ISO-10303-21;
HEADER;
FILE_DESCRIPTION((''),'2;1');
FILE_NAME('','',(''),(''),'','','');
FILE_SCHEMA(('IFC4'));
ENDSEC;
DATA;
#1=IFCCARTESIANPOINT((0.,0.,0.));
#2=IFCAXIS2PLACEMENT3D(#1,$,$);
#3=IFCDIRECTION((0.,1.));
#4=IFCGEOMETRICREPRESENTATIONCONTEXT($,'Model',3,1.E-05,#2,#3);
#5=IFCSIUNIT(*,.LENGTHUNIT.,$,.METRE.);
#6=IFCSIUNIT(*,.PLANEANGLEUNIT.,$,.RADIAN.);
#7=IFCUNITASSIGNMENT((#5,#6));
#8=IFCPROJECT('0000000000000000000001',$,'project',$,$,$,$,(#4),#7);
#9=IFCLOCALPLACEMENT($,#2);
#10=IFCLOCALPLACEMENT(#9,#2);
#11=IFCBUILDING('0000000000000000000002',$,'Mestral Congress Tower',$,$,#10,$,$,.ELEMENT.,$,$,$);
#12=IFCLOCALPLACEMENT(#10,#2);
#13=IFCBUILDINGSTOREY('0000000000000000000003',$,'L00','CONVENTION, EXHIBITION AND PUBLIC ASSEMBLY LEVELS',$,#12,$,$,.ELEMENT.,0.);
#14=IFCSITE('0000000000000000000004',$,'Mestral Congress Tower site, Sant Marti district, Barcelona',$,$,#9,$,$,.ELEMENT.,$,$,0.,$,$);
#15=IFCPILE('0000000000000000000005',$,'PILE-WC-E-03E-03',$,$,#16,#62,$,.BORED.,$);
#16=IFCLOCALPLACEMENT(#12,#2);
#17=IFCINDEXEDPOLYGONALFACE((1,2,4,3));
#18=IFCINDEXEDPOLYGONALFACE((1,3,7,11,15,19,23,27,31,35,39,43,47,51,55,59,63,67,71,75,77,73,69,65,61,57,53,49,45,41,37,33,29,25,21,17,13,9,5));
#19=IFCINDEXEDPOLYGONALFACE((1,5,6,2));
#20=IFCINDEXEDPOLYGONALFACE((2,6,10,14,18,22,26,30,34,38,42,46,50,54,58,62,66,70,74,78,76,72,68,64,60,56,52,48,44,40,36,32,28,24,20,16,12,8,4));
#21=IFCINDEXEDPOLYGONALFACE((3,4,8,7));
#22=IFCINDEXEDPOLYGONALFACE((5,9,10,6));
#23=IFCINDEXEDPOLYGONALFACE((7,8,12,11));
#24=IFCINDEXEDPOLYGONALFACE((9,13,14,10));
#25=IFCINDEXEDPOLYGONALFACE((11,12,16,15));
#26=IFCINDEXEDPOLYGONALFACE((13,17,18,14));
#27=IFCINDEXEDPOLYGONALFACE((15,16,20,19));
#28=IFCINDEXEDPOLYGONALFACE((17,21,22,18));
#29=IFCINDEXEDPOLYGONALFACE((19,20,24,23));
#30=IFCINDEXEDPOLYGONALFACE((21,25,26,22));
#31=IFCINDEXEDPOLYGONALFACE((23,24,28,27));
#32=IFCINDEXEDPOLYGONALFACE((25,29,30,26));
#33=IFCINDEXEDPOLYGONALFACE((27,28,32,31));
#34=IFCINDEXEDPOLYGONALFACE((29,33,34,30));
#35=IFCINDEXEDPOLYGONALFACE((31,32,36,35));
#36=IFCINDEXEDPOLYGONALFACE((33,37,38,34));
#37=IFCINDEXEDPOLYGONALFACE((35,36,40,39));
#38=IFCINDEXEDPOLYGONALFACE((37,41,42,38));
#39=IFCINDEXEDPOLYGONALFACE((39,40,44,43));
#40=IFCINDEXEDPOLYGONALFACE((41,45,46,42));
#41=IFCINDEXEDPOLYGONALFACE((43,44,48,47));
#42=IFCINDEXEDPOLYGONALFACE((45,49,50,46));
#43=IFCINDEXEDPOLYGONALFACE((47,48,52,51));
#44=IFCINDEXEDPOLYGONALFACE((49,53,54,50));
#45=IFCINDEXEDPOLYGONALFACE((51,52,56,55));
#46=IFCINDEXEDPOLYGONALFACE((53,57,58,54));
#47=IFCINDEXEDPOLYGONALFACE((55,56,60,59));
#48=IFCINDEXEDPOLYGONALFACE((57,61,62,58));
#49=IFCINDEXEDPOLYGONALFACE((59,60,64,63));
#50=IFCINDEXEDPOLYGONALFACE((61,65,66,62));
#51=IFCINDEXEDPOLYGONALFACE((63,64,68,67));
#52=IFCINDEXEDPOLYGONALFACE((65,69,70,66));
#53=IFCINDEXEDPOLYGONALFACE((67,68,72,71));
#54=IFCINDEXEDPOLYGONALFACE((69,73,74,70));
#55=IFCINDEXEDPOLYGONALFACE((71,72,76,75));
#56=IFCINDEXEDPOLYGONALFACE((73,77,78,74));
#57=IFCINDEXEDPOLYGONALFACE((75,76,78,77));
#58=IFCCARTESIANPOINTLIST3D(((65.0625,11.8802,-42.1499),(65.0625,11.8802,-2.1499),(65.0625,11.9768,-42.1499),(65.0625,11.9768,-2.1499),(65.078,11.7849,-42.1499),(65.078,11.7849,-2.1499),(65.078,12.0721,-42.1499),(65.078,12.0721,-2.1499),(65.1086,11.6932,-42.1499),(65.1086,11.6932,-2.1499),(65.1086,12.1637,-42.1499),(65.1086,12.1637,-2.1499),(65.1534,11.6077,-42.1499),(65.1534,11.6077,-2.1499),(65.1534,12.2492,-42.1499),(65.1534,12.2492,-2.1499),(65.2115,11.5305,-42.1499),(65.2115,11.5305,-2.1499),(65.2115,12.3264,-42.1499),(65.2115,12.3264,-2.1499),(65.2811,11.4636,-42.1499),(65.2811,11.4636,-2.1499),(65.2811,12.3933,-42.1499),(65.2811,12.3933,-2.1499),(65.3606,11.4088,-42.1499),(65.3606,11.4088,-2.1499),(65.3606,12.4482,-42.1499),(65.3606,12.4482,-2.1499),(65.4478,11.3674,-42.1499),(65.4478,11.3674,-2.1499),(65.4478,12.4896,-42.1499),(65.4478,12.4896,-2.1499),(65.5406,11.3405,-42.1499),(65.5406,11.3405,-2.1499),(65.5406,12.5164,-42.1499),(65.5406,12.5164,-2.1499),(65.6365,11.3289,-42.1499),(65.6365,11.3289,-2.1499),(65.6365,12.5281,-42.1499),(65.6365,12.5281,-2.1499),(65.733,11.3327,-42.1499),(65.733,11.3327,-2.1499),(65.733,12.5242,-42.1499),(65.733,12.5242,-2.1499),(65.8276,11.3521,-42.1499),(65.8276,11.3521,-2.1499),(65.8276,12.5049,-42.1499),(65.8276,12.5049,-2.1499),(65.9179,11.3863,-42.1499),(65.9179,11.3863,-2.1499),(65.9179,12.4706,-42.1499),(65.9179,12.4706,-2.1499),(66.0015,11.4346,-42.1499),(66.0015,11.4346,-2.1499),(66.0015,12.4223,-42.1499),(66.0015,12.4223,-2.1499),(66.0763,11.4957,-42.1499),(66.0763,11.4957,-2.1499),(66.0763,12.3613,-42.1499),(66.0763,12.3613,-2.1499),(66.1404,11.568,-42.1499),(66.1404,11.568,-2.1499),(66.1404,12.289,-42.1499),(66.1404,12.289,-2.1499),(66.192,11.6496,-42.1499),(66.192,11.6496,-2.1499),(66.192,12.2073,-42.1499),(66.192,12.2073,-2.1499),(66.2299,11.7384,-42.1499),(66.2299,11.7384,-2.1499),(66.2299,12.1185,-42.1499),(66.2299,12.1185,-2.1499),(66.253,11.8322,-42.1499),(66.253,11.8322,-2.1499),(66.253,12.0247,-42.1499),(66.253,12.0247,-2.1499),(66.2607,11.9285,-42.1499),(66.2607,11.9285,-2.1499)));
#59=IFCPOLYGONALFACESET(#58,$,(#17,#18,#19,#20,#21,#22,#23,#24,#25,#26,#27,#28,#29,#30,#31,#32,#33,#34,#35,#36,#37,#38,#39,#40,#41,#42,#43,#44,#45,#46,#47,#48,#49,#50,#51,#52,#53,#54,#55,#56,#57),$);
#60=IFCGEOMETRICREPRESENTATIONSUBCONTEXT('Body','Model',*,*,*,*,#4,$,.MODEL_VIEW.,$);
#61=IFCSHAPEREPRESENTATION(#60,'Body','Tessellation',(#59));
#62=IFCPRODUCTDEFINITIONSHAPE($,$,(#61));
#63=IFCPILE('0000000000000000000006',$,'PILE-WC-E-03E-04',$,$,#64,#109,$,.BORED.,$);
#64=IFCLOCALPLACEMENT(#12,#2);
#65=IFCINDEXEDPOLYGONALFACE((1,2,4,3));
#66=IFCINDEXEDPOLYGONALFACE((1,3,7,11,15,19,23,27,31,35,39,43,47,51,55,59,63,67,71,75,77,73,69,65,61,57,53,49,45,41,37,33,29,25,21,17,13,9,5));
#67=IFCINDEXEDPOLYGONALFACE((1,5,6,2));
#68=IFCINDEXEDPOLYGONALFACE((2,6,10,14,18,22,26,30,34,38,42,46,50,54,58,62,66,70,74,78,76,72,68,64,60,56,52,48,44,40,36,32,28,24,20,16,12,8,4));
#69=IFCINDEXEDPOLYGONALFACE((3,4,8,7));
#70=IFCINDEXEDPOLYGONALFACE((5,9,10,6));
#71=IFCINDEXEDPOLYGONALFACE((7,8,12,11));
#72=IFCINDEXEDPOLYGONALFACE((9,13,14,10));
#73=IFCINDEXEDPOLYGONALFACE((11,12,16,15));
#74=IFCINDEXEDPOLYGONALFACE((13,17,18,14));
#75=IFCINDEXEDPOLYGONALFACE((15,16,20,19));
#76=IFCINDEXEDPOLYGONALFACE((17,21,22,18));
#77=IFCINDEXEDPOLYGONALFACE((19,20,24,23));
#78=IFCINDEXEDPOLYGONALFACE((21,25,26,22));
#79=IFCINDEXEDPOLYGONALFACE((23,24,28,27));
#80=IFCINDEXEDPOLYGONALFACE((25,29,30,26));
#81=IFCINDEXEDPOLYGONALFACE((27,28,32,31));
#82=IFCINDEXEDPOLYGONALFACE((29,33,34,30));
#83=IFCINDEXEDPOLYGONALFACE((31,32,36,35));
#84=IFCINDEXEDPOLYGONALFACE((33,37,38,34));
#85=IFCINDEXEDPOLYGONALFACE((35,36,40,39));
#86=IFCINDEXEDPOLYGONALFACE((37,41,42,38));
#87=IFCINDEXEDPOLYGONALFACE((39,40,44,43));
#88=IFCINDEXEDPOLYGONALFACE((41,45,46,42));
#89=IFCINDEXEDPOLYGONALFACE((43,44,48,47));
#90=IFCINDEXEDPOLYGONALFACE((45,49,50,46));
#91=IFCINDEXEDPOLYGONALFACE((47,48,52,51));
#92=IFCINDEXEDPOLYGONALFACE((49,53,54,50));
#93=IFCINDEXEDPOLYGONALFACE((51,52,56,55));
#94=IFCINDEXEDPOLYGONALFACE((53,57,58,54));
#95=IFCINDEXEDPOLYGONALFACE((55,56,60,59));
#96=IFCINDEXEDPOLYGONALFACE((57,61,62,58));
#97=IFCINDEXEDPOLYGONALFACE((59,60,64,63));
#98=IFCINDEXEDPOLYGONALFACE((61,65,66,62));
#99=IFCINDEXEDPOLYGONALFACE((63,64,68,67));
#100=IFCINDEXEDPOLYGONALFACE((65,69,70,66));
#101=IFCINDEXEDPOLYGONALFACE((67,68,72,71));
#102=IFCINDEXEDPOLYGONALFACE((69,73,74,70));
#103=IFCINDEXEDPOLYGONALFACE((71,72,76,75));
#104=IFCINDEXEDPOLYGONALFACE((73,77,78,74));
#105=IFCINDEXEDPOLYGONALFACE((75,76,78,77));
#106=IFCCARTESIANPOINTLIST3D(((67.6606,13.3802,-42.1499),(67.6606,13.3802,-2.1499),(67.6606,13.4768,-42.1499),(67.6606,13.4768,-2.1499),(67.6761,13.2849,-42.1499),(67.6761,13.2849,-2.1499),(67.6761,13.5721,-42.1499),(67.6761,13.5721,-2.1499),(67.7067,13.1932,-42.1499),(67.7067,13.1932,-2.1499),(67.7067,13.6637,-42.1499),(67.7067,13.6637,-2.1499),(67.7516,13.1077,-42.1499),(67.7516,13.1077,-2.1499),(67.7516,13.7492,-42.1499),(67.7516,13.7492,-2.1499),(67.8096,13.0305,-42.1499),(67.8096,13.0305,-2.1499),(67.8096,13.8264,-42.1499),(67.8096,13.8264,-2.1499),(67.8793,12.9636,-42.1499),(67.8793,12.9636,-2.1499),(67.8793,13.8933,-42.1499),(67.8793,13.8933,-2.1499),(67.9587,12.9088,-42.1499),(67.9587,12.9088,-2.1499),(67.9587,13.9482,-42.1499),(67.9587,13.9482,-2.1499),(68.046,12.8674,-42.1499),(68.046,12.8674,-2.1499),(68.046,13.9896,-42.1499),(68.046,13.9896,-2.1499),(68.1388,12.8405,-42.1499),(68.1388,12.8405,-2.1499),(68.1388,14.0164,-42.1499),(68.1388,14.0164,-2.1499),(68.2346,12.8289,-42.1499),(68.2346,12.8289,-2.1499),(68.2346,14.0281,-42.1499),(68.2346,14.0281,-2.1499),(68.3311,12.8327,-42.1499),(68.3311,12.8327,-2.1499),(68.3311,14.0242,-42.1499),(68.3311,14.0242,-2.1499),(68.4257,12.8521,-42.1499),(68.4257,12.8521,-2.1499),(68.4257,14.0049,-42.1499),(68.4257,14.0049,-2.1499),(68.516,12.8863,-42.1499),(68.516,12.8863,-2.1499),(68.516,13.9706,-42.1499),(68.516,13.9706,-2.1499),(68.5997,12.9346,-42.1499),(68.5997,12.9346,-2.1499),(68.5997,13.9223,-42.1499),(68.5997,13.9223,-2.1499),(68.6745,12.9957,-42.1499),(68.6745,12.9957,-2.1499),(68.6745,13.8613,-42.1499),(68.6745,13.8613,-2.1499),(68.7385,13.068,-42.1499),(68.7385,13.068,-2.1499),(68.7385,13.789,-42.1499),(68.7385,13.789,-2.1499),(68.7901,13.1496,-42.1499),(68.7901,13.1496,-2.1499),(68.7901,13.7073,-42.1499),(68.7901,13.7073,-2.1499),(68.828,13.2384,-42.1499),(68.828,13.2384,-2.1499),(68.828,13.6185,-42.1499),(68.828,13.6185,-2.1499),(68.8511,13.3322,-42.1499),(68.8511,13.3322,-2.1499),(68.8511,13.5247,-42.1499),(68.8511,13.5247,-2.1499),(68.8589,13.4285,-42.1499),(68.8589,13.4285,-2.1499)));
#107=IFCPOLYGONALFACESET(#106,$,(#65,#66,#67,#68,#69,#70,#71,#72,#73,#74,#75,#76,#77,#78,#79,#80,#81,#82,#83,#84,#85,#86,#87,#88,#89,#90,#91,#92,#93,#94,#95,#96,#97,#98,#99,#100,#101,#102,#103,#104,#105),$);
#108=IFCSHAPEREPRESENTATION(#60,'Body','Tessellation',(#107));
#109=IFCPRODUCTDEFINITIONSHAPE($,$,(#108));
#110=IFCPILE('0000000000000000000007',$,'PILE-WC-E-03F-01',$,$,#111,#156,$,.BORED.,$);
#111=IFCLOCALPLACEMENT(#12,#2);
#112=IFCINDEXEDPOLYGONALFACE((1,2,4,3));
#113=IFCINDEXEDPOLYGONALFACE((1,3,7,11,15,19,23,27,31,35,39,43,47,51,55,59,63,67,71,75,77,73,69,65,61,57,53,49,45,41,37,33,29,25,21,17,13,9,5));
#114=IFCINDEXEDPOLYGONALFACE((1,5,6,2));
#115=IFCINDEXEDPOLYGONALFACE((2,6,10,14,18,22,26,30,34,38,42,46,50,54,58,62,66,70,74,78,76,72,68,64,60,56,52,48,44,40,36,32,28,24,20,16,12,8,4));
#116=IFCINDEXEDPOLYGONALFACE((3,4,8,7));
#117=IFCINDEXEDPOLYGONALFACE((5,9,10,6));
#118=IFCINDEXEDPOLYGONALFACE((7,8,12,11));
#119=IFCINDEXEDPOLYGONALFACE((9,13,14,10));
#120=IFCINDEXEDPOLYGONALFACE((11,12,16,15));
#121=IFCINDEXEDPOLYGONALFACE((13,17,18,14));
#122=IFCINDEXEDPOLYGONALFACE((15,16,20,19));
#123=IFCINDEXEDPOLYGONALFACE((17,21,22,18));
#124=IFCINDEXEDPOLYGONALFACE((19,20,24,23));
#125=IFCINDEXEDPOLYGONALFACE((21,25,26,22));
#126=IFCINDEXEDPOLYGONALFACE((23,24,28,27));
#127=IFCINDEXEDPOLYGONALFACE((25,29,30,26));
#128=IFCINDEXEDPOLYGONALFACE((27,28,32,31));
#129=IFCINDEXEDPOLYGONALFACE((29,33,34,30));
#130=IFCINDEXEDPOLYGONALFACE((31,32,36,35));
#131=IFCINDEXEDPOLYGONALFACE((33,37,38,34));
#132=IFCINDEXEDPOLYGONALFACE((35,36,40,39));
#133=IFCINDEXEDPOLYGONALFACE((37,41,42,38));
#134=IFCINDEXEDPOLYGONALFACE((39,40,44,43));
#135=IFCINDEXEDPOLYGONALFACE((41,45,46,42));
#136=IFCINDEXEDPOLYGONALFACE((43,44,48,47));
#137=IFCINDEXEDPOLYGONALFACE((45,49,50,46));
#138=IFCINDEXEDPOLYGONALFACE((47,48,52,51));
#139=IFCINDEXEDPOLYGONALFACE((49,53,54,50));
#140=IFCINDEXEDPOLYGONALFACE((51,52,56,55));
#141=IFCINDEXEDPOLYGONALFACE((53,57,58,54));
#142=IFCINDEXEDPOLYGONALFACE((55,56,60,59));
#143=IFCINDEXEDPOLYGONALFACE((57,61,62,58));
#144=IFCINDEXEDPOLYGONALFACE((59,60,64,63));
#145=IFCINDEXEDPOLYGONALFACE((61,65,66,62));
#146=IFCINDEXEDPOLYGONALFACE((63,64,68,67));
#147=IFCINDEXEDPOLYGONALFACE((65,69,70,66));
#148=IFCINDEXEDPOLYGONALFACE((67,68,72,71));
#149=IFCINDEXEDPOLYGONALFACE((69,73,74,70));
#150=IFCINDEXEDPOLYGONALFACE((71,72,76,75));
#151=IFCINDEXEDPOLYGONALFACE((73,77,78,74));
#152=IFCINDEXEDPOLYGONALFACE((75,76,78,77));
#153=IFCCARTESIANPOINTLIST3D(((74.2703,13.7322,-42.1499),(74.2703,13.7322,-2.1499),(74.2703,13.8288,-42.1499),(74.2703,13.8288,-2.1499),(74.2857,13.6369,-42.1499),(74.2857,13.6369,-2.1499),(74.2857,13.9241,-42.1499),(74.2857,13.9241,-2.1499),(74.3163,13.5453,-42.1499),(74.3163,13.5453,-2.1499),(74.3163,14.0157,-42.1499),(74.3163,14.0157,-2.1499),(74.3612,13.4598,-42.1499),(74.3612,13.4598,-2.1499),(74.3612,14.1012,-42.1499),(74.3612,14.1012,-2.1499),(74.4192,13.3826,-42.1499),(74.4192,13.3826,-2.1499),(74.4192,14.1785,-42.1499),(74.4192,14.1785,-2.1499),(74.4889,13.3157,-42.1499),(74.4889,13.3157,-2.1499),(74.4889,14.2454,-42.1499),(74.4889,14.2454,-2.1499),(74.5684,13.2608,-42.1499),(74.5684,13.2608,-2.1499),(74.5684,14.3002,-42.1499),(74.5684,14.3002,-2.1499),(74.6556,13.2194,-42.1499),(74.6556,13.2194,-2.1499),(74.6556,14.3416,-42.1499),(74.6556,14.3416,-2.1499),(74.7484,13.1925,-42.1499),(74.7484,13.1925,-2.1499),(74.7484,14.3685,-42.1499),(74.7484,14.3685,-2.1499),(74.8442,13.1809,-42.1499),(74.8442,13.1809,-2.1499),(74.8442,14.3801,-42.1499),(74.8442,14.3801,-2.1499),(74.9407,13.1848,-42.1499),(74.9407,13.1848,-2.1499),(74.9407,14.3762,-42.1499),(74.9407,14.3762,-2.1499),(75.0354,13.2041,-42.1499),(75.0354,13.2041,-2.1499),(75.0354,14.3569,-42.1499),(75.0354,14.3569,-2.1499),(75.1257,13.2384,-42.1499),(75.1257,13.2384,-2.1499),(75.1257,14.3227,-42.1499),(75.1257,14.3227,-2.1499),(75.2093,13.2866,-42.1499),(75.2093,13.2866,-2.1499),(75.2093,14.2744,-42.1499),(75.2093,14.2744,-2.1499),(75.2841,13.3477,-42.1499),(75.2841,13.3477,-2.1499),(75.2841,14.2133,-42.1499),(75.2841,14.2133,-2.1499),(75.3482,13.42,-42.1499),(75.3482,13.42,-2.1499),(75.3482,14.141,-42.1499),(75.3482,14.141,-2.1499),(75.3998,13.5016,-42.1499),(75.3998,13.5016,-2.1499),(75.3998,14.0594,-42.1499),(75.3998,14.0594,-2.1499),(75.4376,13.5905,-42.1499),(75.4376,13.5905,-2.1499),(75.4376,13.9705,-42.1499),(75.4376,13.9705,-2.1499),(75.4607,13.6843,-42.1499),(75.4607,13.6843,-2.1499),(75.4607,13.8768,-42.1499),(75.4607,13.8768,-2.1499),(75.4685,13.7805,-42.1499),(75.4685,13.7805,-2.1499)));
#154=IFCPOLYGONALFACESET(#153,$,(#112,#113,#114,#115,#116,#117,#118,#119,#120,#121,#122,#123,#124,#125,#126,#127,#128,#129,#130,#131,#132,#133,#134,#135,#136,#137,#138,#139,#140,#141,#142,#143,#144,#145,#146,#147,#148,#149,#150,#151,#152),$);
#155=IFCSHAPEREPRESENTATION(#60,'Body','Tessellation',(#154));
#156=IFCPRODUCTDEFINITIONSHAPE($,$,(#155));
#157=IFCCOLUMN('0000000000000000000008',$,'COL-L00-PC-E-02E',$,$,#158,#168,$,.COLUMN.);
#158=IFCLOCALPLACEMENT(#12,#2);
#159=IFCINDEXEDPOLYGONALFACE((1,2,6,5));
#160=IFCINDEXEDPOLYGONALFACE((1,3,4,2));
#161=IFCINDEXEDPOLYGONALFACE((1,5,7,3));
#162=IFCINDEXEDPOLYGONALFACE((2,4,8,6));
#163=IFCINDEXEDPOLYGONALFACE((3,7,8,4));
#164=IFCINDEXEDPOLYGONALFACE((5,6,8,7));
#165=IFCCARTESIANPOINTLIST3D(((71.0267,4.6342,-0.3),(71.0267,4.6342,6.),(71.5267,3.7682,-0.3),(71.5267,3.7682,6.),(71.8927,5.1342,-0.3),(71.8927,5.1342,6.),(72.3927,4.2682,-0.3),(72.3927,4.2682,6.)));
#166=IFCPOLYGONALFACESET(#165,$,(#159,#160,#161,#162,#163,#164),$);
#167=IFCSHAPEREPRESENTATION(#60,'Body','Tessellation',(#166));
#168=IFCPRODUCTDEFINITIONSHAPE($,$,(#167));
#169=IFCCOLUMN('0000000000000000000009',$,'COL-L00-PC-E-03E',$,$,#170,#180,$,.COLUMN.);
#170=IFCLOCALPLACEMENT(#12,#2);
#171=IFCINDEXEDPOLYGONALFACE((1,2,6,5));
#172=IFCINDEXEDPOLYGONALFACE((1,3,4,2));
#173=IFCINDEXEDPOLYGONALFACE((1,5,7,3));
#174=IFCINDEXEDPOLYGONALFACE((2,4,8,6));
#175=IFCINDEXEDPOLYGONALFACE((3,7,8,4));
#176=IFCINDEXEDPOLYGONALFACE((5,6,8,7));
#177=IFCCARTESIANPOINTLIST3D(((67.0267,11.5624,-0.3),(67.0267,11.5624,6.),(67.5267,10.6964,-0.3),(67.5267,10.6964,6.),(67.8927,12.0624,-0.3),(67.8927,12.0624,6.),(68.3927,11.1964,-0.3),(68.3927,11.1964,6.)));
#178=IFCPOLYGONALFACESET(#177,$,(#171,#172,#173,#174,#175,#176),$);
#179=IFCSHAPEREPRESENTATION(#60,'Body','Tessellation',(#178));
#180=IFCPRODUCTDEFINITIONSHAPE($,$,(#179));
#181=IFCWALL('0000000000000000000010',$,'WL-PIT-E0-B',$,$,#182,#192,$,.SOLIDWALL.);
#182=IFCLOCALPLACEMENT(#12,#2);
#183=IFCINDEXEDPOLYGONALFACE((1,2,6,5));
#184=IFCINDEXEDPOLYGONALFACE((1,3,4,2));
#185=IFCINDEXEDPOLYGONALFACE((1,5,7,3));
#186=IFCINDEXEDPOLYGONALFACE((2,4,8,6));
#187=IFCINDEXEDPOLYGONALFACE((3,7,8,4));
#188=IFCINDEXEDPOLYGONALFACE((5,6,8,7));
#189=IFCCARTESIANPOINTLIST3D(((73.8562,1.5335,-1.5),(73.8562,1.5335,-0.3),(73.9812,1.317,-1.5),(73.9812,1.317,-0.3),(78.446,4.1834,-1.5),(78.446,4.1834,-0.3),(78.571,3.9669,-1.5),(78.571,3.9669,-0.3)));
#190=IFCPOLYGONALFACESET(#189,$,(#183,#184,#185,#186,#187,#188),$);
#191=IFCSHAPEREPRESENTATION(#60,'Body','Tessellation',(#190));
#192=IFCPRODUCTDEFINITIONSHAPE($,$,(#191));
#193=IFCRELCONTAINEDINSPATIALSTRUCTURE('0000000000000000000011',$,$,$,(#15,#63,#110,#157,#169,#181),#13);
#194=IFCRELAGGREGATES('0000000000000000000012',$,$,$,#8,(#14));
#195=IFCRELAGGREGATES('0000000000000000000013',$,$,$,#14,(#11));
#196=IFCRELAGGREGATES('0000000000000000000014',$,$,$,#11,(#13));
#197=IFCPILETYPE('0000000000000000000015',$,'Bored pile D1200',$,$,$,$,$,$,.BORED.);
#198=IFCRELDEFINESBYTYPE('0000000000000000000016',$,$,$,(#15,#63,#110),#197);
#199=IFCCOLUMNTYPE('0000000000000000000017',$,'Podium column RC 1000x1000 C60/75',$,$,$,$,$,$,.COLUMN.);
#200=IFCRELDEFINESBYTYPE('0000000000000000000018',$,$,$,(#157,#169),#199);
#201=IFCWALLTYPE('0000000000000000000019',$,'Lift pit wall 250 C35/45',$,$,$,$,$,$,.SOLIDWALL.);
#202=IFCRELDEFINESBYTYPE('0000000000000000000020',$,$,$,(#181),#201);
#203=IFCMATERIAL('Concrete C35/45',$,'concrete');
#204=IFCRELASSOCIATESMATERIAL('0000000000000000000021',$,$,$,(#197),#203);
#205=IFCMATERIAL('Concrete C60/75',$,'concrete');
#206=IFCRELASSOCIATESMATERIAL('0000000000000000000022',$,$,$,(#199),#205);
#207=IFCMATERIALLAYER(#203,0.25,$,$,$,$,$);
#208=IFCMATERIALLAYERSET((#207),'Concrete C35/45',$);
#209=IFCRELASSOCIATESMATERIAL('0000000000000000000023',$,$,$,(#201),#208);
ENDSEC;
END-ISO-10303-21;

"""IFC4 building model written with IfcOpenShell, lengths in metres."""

from ifc_helpers import new_model, si_unit, direction, frame, frame_2d, origin, origin_2d, place, context, subcontext, project, spatial, rectangle, circle, extrude, material, layer, layer_set, material_profile, profile_set, type_object, element, save


model = new_model("IFC4")

# Units and contexts
model_context = context("Model", 3, precision=1e-05, world=origin(), true_north=direction((0.0, 1.0)))
body_context = subcontext(model_context, "Body", "Model", "MODEL_VIEW")
ifc_project = project(units=[si_unit("LENGTHUNIT", "METRE"), si_unit("PLANEANGLEUNIT", "RADIAN")], contexts=[model_context])

# Site, building, storey
site_placement = place(None, origin())
site = spatial("IfcSite", under=ifc_project, at=site_placement, Name="Mestral Congress Tower site, Sant Marti district, Barcelona", CompositionType="ELEMENT", RefElevation=0.0)
building_placement = place(site_placement, origin())
building = spatial("IfcBuilding", under=site, at=building_placement, Name="Mestral Congress Tower", CompositionType="ELEMENT")
storey_placement = place(building_placement, origin())
storey = spatial("IfcBuildingStorey", under=building, at=storey_placement, Name="L00", Description="CONVENTION, EXHIBITION AND PUBLIC ASSEMBLY LEVELS", CompositionType="ELEMENT", Elevation=0.0)

# Piles
ifc_material_1 = material(Name="Concrete C35/45", Category="concrete")
ifc_material_profile_1 = material_profile(ifc_material_1, circle(Radius=0.6001, at=origin_2d()), Name="D1200")
ifc_profile_set_1 = profile_set([ifc_material_profile_1], Name="Concrete C35/45")
pile_type = type_object("IfcPileType", Name="Bored pile D1200", PredefinedType="BORED", material=ifc_profile_set_1)
for number, where, z_axis, x_axis, name in (
    (1, (65.6606, 11.9285, -2.1499), (0.0, 0.0, -1.0), (1.0, 0.0, 0.0), "PILE-WC-E-03E-03"),
    (2, (68.2588, 13.4285, -2.1499), (0.0, 0.0, -1.0), (1.0, 0.0, 0.0), "PILE-WC-E-03E-04"),
    (3, (74.8684, 13.7805, -2.1499), (0.0, 0.0, -1.0), (1.0, 0.0, 0.0), "PILE-WC-E-03F-01"),
):
    element("IfcPile", number, at=place(storey_placement, frame(where, z_axis=z_axis, x_axis=x_axis)), inside=storey, type_object=pile_type, Name=name, PredefinedType="BORED", context=body_context, shape_type="SweptSolid", body=[
        extrude(circle(Radius=0.6001, at=origin_2d()), origin(), (0.0, 0.0, 1.0), 40.0),
    ])

# Columns
ifc_material_2 = material(Name="Concrete C60/75", Category="concrete")
ifc_material_profile_2 = material_profile(ifc_material_2, rectangle(XDim=1.0, YDim=1.0, at=origin_2d()), Name="RC 1000x1000")
ifc_profile_set_2 = profile_set([ifc_material_profile_2], Name="Concrete C60/75")
column_type = type_object("IfcColumnType", Name="Podium column RC 1000x1000 C60/75", PredefinedType="COLUMN", material=ifc_profile_set_2)
for number, where, z_axis, x_axis, name in (
    (4, (71.7097, 4.4512, -0.3), (0.0, 0.0, 1.0), (-0.5, 0.866025, 0.0), "COL-L00-PC-E-02E"),
    (5, (67.7097, 11.3794, -0.3), (0.0, 0.0, 1.0), (-0.5, 0.866025, 0.0), "COL-L00-PC-E-03E"),
):
    element("IfcColumn", number, at=place(storey_placement, frame(where, z_axis=z_axis, x_axis=x_axis)), inside=storey, type_object=column_type, Name=name, PredefinedType="COLUMN", context=body_context, shape_type="SweptSolid", body=[
        extrude(rectangle(XDim=1.0, YDim=1.0, at=origin_2d()), origin(), (0.0, 0.0, 1.0), 6.3),
    ])

# Wall
ifc_layer_1 = layer(ifc_material_1, 0.25)
ifc_layer_set_1 = layer_set([ifc_layer_1], Name="Concrete C35/45")
wall_type_1 = type_object("IfcWallType", Name="Lift pit wall 250 C35/45", PredefinedType="SOLIDWALL", material=ifc_layer_set_1)
wall_1_placement = place(storey_placement, frame((73.9187, 1.4253, -1.5), z_axis=(0.0, 0.0, 1.0), x_axis=(0.866029, 0.499994, 0.0)))
element("IfcWall", 6, at=wall_1_placement, inside=storey, type_object=wall_type_1, Name="WL-PIT-E0-B", PredefinedType="SOLIDWALL", context=body_context, shape_type="SweptSolid", body=[
    extrude(rectangle(XDim=5.2998, YDim=0.25, at=frame_2d((2.6499, 0.0))), origin(), (0.0, 0.0, 1.0), 1.2),
])

save(model, "model.ifc")
